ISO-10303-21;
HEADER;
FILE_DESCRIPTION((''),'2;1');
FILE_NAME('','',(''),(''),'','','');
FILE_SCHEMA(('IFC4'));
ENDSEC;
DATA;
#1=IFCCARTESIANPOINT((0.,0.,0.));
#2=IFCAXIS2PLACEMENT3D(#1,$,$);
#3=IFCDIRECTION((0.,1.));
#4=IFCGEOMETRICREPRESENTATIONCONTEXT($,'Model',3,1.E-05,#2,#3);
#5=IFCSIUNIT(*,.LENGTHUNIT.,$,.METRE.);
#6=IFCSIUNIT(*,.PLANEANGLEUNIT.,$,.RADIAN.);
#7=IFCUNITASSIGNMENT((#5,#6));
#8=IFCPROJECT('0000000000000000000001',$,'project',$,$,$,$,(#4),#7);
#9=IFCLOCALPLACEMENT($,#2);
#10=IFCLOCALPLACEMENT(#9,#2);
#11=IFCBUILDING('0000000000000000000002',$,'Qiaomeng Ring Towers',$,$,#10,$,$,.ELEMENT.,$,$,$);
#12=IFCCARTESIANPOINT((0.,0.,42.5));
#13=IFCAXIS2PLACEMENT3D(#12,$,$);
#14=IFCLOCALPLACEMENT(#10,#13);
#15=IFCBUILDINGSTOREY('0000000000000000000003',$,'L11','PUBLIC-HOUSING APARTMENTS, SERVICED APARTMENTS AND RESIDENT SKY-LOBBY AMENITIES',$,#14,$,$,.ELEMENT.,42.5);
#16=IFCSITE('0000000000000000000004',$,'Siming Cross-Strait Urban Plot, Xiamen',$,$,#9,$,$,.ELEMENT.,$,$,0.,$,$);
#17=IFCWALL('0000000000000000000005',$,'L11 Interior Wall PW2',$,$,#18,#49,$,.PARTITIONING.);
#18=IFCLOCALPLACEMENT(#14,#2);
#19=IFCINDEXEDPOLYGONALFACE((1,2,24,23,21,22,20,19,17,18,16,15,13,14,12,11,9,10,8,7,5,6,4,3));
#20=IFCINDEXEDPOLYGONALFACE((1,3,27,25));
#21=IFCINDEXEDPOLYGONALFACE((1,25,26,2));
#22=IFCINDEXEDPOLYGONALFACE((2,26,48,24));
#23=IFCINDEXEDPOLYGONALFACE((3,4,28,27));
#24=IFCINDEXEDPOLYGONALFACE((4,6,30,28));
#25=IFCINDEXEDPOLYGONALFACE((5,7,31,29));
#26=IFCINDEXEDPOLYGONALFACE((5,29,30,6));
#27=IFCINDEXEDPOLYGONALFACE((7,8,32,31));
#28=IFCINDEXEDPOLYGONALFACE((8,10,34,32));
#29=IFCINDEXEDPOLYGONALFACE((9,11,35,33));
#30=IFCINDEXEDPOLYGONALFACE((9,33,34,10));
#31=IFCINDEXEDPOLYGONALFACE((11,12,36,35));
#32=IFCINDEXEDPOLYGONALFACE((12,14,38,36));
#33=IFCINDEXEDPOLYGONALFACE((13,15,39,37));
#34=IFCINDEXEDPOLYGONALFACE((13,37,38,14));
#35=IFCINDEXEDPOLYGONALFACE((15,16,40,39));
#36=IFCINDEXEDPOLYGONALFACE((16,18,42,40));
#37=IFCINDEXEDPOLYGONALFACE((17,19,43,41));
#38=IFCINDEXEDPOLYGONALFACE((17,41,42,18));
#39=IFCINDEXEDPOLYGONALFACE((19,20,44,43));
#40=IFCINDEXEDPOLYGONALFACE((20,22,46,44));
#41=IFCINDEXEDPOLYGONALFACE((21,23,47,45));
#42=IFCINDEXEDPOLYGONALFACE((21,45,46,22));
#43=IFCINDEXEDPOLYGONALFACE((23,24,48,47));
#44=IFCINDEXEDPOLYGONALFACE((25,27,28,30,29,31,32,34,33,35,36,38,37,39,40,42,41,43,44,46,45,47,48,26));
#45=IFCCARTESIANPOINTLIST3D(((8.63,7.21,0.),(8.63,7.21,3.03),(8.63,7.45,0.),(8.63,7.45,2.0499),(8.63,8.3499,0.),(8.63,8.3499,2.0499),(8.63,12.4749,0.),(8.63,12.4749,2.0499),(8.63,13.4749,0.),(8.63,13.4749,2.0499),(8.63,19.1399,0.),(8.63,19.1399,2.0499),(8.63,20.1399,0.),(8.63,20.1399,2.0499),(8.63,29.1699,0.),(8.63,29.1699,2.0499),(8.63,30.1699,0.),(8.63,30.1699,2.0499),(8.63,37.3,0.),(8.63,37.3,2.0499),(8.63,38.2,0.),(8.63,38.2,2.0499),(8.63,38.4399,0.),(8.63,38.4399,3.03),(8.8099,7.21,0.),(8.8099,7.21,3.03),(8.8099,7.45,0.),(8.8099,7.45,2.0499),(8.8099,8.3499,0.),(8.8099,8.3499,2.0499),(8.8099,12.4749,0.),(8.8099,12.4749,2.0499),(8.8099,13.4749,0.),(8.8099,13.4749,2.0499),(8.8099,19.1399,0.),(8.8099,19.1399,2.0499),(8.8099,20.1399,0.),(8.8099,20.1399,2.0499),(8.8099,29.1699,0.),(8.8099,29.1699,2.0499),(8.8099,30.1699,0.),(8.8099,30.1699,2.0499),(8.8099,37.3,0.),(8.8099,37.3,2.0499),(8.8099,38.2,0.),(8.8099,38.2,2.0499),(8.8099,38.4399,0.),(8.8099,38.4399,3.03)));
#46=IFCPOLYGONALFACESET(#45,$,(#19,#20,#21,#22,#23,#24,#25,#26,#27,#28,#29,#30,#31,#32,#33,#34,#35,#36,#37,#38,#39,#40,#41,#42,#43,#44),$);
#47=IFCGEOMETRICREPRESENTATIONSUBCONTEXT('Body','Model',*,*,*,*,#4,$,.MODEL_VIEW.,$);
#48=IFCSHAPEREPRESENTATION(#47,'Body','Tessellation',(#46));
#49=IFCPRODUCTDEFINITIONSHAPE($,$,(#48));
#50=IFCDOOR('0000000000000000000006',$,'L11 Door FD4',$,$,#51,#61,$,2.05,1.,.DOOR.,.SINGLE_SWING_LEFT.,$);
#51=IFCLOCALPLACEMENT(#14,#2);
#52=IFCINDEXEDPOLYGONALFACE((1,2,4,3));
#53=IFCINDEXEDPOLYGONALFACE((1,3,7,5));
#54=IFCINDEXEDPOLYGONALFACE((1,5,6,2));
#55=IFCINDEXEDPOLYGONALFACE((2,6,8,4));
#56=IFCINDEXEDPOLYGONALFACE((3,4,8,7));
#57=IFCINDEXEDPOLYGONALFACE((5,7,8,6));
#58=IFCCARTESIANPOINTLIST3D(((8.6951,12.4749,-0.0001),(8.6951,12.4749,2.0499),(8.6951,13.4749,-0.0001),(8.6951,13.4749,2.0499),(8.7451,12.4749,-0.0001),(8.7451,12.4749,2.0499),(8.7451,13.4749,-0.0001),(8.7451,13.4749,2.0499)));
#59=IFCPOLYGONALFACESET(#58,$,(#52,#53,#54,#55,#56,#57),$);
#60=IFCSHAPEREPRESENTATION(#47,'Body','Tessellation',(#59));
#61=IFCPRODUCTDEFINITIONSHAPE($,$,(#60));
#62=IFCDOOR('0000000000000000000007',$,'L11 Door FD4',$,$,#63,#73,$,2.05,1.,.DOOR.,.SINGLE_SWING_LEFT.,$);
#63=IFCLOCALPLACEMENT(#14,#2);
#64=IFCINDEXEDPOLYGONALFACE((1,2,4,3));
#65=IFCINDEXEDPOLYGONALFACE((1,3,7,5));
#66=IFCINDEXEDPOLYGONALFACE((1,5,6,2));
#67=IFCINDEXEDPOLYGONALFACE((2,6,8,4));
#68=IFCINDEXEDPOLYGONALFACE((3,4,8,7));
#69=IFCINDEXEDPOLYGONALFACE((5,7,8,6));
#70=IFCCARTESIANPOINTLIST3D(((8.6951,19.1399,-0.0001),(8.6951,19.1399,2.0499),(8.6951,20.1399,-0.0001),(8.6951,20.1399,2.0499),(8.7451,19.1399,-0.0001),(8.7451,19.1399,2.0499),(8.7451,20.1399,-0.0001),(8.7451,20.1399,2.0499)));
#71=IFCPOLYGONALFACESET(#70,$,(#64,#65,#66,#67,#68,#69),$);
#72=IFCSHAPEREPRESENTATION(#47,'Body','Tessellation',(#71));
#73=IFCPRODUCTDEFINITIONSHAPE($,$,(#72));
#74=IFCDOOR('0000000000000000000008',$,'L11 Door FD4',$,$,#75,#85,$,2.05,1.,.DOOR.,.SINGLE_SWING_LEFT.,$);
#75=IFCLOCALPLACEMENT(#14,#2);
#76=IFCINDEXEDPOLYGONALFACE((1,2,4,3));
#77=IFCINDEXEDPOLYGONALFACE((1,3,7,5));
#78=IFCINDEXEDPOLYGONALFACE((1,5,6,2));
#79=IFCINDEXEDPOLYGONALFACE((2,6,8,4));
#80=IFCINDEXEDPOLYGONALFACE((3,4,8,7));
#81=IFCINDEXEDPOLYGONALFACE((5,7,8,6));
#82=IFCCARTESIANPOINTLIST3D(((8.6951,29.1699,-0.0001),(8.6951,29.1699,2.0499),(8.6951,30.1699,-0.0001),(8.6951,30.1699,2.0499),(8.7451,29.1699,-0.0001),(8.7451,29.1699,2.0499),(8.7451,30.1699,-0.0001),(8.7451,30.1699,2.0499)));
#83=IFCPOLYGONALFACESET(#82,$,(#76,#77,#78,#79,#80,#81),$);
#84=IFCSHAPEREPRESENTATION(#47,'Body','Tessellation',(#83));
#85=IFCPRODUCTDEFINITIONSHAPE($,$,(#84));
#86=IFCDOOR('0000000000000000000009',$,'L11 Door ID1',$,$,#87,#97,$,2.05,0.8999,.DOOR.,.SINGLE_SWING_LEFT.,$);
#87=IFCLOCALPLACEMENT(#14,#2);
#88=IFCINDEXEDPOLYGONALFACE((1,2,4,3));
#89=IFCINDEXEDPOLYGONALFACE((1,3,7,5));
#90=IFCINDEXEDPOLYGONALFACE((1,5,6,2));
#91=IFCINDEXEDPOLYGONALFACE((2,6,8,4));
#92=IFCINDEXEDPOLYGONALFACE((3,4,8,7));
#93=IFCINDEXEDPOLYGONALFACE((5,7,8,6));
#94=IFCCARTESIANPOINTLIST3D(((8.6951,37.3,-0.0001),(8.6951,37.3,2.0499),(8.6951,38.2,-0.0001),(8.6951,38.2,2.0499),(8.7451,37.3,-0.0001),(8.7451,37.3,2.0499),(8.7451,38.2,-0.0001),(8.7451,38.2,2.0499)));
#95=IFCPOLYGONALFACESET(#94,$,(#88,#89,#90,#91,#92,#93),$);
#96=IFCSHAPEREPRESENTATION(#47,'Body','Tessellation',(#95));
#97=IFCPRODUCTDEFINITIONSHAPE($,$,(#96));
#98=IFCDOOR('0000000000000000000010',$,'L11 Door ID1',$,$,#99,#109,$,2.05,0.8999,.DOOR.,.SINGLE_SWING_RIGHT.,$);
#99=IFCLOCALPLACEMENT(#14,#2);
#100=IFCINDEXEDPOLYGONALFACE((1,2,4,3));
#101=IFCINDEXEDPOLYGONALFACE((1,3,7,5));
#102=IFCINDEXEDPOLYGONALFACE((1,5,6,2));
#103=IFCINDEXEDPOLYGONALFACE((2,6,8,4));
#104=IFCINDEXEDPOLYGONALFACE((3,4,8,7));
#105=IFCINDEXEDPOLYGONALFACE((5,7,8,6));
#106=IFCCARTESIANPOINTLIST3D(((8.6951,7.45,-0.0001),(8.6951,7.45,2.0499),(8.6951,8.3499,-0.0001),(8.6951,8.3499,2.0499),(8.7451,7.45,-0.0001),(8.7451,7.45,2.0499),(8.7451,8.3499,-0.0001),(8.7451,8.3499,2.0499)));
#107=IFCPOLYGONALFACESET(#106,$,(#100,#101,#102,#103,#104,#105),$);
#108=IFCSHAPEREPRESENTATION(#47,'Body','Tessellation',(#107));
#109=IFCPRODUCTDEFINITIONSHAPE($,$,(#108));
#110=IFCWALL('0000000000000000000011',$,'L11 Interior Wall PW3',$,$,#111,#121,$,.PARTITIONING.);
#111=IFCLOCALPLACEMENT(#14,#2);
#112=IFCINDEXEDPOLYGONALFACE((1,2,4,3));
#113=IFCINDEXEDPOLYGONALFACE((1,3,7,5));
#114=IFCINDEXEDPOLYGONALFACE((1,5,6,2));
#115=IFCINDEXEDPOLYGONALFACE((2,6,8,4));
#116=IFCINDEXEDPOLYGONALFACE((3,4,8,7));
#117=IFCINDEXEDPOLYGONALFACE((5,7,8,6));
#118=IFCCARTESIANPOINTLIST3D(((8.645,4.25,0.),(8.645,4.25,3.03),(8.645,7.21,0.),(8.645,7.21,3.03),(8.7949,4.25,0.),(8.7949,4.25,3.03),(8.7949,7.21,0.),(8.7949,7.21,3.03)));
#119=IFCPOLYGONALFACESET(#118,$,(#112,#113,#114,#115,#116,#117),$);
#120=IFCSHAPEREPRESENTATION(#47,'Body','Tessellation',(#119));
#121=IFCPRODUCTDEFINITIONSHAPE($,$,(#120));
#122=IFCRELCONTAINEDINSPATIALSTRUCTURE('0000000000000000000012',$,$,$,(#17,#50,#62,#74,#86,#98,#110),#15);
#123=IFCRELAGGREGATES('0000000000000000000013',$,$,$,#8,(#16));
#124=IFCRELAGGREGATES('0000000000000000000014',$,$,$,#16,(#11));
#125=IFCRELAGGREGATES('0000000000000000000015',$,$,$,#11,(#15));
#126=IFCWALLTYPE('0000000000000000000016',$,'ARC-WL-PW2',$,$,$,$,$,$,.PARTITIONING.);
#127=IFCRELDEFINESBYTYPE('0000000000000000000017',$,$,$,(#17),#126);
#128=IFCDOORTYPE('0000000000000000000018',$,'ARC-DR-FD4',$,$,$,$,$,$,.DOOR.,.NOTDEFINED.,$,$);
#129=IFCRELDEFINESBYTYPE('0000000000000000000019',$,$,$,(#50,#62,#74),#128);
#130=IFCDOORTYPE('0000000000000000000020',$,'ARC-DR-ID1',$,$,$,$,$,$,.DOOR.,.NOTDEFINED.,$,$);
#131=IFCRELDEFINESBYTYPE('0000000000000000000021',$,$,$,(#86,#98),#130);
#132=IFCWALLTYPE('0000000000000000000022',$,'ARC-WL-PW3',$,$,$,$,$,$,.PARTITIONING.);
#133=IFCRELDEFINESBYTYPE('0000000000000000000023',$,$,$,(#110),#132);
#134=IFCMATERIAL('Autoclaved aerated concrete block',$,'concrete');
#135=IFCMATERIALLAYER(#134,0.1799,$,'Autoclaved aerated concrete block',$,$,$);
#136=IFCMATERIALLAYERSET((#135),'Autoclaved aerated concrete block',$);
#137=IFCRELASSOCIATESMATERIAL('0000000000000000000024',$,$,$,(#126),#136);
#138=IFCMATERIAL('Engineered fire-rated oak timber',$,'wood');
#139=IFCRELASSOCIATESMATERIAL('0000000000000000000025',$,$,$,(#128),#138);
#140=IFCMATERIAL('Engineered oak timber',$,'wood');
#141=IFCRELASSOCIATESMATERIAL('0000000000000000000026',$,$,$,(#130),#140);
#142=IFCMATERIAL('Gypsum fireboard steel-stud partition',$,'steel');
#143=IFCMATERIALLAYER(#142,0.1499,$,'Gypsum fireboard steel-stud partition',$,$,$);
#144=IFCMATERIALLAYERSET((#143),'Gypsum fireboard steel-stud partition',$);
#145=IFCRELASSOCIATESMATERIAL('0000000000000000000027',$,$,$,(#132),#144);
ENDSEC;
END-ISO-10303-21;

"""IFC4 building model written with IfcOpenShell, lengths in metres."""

from ifc_helpers import new_model, si_unit, direction, frame, frame_2d, origin, place, context, subcontext, project, spatial, rectangle, extrude, source, transform, mapped, material, layer, layer_set, type_object, element, fill, save


model = new_model("IFC4")

# Units and contexts
model_context = context("Model", 3, precision=1e-05, world=origin(), true_north=direction((0.0, 1.0)))
body_context = subcontext(model_context, "Body", "Model", "MODEL_VIEW")
ifc_project = project(units=[si_unit("LENGTHUNIT", "METRE"), si_unit("PLANEANGLEUNIT", "RADIAN")], contexts=[model_context])

# Site, building, storey
site_placement = place(None, origin())
site = spatial("IfcSite", under=ifc_project, at=site_placement, Name="Siming Cross-Strait Urban Plot, Xiamen", CompositionType="ELEMENT", RefElevation=0.0)
building_placement = place(site_placement, origin())
building = spatial("IfcBuilding", under=site, at=building_placement, Name="Qiaomeng Ring Towers", CompositionType="ELEMENT")
storey_placement = place(building_placement, frame((0.0, 0.0, 42.5)))
storey = spatial("IfcBuildingStorey", under=building, at=storey_placement, Name="L11", Description="PUBLIC-HOUSING APARTMENTS, SERVICED APARTMENTS AND RESIDENT SKY-LOBBY AMENITIES", CompositionType="ELEMENT", Elevation=42.5)

# Wall, openings, doors
ifc_material_1 = material(Name="Autoclaved aerated concrete block", Category="concrete")
ifc_layer_1 = layer(ifc_material_1, 0.1799, Name="Autoclaved aerated concrete block")
ifc_layer_set_1 = layer_set([ifc_layer_1], Name="Autoclaved aerated concrete block")
wall_type_1 = type_object("IfcWallType", Name="ARC-WL-PW2", PredefinedType="PARTITIONING", material=ifc_layer_set_1)
ifc_material_2 = material(Name="Engineered fire-rated oak timber", Category="wood")
door_type_1 = type_object("IfcDoorType", Name="ARC-DR-FD4", OperationType="NOTDEFINED", PredefinedType="DOOR", material=ifc_material_2)
shared_shape_1 = source(origin(), body_context, "Body", "SweptSolid", [
    extrude(rectangle(XDim=1.0, YDim=2.05, at=frame_2d((0.5, 1.0249))), frame((0.0, 0.0249, 0.0), z_axis=(0.0, -1.0, 0.0), x_axis=(1.0, 0.0, 0.0)), (0.0, 0.0, 1.0), 0.05),
])
wall_1_placement = place(storey_placement, frame((8.72, 7.21, 0.0), z_axis=(0.0, 0.0, 1.0), x_axis=(0.0, 1.0, 0.0)))
wall_1 = element("IfcWall", 1, at=wall_1_placement, inside=storey, type_object=wall_type_1, Name="L11 Interior Wall PW2", PredefinedType="PARTITIONING", context=body_context, shape_type="SweptSolid", body=[
    extrude(rectangle(XDim=31.23, YDim=0.1799, at=frame_2d((15.615, 0.0))), origin(), (0.0, 0.0, 1.0), 3.03),
])
opening_1_placement = place(wall_1_placement, frame((30.0901, 0.0, 0.0)))
opening_1 = element("IfcOpeningElement", 2, at=opening_1_placement, cuts=wall_1, PredefinedType="OPENING", context=body_context, shape_type="SweptSolid", body=[
    extrude(rectangle(XDim=0.8999, YDim=2.05, at=frame_2d((0.45, 1.0249))), frame((0.0, 0.0999, 0.0), z_axis=(0.0, -1.0, 0.0), x_axis=(1.0, 0.0, 0.0)), (0.0, 0.0, 1.0), 0.2),
])
opening_2_placement = place(wall_1_placement, frame((0.24, 0.0, 0.0)))
opening_2 = element("IfcOpeningElement", 3, at=opening_2_placement, cuts=wall_1, PredefinedType="OPENING", context=body_context, shape_type="SweptSolid", body=[
    extrude(rectangle(XDim=0.8999, YDim=2.05, at=frame_2d((0.45, 1.0249))), frame((0.0, 0.0999, 0.0), z_axis=(0.0, -1.0, 0.0), x_axis=(1.0, 0.0, 0.0)), (0.0, 0.0, 1.0), 0.2),
])
opening_3_placement = place(wall_1_placement, frame((5.2649, 0.0, 0.0)))
opening_3 = element("IfcOpeningElement", 4, at=opening_3_placement, cuts=wall_1, PredefinedType="OPENING", context=body_context, shape_type="SweptSolid", body=[
    extrude(rectangle(XDim=1.0, YDim=2.05, at=frame_2d((0.5, 1.0249))), frame((0.0, 0.0999, 0.0), z_axis=(0.0, -1.0, 0.0), x_axis=(1.0, 0.0, 0.0)), (0.0, 0.0, 1.0), 0.2),
])
opening_4_placement = place(wall_1_placement, frame((11.9299, 0.0, 0.0)))
opening_4 = element("IfcOpeningElement", 5, at=opening_4_placement, cuts=wall_1, PredefinedType="OPENING", context=body_context, shape_type="SweptSolid", body=[
    extrude(rectangle(XDim=1.0, YDim=2.05, at=frame_2d((0.5, 1.0249))), frame((0.0, 0.0999, 0.0), z_axis=(0.0, -1.0, 0.0), x_axis=(1.0, 0.0, 0.0)), (0.0, 0.0, 1.0), 0.2),
])
opening_5_placement = place(wall_1_placement, frame((21.96, 0.0, 0.0)))
opening_5 = element("IfcOpeningElement", 6, at=opening_5_placement, cuts=wall_1, PredefinedType="OPENING", context=body_context, shape_type="SweptSolid", body=[
    extrude(rectangle(XDim=1.0, YDim=2.05, at=frame_2d((0.5, 1.0249))), frame((0.0, 0.0999, 0.0), z_axis=(0.0, -1.0, 0.0), x_axis=(1.0, 0.0, 0.0)), (0.0, 0.0, 1.0), 0.2),
])
door_1_placement = place(opening_3_placement, origin())
door_1 = element("IfcDoor", 7, at=door_1_placement, inside=storey, type_object=door_type_1, Name="L11 Door FD4", OperationType="SINGLE_SWING_LEFT", OverallHeight=2.05, OverallWidth=1.0, PredefinedType="DOOR", context=body_context, shape_type="MappedRepresentation", body=[
    mapped(shared_shape_1, transform((0.0, 0.0, 0.0), x_axis=(1.0, 0.0, 0.0), y_axis=(0.0, 1.0, 0.0), z_axis=(0.0, 0.0, 1.0), scale=1.0)),
])
fill(opening_3, door_1)
door_2_placement = place(opening_4_placement, origin())
door_2 = element("IfcDoor", 8, at=door_2_placement, inside=storey, type_object=door_type_1, Name="L11 Door FD4", OperationType="SINGLE_SWING_LEFT", OverallHeight=2.05, OverallWidth=1.0, PredefinedType="DOOR", context=body_context, shape_type="MappedRepresentation", body=[
    mapped(shared_shape_1, transform((0.0, 0.0, 0.0), x_axis=(1.0, 0.0, 0.0), y_axis=(0.0, 1.0, 0.0), z_axis=(0.0, 0.0, 1.0), scale=1.0)),
])
fill(opening_4, door_2)
door_3_placement = place(opening_5_placement, origin())
door_3 = element("IfcDoor", 9, at=door_3_placement, inside=storey, type_object=door_type_1, Name="L11 Door FD4", OperationType="SINGLE_SWING_LEFT", OverallHeight=2.05, OverallWidth=1.0, PredefinedType="DOOR", context=body_context, shape_type="MappedRepresentation", body=[
    mapped(shared_shape_1, transform((0.0, 0.0, 0.0), x_axis=(1.0, 0.0, 0.0), y_axis=(0.0, 1.0, 0.0), z_axis=(0.0, 0.0, 1.0), scale=1.0)),
])
fill(opening_5, door_3)
ifc_material_3 = material(Name="Engineered oak timber", Category="wood")
door_type_2 = type_object("IfcDoorType", Name="ARC-DR-ID1", OperationType="NOTDEFINED", PredefinedType="DOOR", material=ifc_material_3)
shared_shape_2 = source(origin(), body_context, "Body", "SweptSolid", [
    extrude(rectangle(XDim=0.8999, YDim=2.05, at=frame_2d((0.45, 1.0249))), frame((0.0, 0.0249, 0.0), z_axis=(0.0, -1.0, 0.0), x_axis=(1.0, 0.0, 0.0)), (0.0, 0.0, 1.0), 0.05),
])
door_4_placement = place(opening_1_placement, origin())
door_4 = element("IfcDoor", 10, at=door_4_placement, inside=storey, type_object=door_type_2, Name="L11 Door ID1", OperationType="SINGLE_SWING_LEFT", OverallHeight=2.05, OverallWidth=0.8999, PredefinedType="DOOR", context=body_context, shape_type="MappedRepresentation", body=[
    mapped(shared_shape_2, transform((0.0, 0.0, 0.0), x_axis=(1.0, 0.0, 0.0), y_axis=(0.0, 1.0, 0.0), z_axis=(0.0, 0.0, 1.0), scale=1.0)),
])
fill(opening_1, door_4)
door_5_placement = place(opening_2_placement, origin())
door_5 = element("IfcDoor", 11, at=door_5_placement, inside=storey, type_object=door_type_2, Name="L11 Door ID1", OperationType="SINGLE_SWING_RIGHT", OverallHeight=2.05, OverallWidth=0.8999, PredefinedType="DOOR", context=body_context, shape_type="MappedRepresentation", body=[
    mapped(shared_shape_2, transform((0.0, 0.0, 0.0), x_axis=(1.0, 0.0, 0.0), y_axis=(0.0, 1.0, 0.0), z_axis=(0.0, 0.0, 1.0), scale=1.0)),
])
fill(opening_2, door_5)

# Wall
ifc_material_4 = material(Name="Gypsum fireboard steel-stud partition", Category="steel")
ifc_layer_2 = layer(ifc_material_4, 0.1499, Name="Gypsum fireboard steel-stud partition")
ifc_layer_set_2 = layer_set([ifc_layer_2], Name="Gypsum fireboard steel-stud partition")
wall_type_2 = type_object("IfcWallType", Name="ARC-WL-PW3", PredefinedType="PARTITIONING", material=ifc_layer_set_2)
wall_2_placement = place(storey_placement, frame((8.72, 4.25, 0.0), z_axis=(0.0, 0.0, 1.0), x_axis=(0.0, 1.0, 0.0)))
element("IfcWall", 12, at=wall_2_placement, inside=storey, type_object=wall_type_2, Name="L11 Interior Wall PW3", PredefinedType="PARTITIONING", context=body_context, shape_type="SweptSolid", body=[
    extrude(rectangle(XDim=2.96, YDim=0.1499, at=frame_2d((1.48, 0.0))), origin(), (0.0, 0.0, 1.0), 3.03),
])

save(model, "model.ifc")
